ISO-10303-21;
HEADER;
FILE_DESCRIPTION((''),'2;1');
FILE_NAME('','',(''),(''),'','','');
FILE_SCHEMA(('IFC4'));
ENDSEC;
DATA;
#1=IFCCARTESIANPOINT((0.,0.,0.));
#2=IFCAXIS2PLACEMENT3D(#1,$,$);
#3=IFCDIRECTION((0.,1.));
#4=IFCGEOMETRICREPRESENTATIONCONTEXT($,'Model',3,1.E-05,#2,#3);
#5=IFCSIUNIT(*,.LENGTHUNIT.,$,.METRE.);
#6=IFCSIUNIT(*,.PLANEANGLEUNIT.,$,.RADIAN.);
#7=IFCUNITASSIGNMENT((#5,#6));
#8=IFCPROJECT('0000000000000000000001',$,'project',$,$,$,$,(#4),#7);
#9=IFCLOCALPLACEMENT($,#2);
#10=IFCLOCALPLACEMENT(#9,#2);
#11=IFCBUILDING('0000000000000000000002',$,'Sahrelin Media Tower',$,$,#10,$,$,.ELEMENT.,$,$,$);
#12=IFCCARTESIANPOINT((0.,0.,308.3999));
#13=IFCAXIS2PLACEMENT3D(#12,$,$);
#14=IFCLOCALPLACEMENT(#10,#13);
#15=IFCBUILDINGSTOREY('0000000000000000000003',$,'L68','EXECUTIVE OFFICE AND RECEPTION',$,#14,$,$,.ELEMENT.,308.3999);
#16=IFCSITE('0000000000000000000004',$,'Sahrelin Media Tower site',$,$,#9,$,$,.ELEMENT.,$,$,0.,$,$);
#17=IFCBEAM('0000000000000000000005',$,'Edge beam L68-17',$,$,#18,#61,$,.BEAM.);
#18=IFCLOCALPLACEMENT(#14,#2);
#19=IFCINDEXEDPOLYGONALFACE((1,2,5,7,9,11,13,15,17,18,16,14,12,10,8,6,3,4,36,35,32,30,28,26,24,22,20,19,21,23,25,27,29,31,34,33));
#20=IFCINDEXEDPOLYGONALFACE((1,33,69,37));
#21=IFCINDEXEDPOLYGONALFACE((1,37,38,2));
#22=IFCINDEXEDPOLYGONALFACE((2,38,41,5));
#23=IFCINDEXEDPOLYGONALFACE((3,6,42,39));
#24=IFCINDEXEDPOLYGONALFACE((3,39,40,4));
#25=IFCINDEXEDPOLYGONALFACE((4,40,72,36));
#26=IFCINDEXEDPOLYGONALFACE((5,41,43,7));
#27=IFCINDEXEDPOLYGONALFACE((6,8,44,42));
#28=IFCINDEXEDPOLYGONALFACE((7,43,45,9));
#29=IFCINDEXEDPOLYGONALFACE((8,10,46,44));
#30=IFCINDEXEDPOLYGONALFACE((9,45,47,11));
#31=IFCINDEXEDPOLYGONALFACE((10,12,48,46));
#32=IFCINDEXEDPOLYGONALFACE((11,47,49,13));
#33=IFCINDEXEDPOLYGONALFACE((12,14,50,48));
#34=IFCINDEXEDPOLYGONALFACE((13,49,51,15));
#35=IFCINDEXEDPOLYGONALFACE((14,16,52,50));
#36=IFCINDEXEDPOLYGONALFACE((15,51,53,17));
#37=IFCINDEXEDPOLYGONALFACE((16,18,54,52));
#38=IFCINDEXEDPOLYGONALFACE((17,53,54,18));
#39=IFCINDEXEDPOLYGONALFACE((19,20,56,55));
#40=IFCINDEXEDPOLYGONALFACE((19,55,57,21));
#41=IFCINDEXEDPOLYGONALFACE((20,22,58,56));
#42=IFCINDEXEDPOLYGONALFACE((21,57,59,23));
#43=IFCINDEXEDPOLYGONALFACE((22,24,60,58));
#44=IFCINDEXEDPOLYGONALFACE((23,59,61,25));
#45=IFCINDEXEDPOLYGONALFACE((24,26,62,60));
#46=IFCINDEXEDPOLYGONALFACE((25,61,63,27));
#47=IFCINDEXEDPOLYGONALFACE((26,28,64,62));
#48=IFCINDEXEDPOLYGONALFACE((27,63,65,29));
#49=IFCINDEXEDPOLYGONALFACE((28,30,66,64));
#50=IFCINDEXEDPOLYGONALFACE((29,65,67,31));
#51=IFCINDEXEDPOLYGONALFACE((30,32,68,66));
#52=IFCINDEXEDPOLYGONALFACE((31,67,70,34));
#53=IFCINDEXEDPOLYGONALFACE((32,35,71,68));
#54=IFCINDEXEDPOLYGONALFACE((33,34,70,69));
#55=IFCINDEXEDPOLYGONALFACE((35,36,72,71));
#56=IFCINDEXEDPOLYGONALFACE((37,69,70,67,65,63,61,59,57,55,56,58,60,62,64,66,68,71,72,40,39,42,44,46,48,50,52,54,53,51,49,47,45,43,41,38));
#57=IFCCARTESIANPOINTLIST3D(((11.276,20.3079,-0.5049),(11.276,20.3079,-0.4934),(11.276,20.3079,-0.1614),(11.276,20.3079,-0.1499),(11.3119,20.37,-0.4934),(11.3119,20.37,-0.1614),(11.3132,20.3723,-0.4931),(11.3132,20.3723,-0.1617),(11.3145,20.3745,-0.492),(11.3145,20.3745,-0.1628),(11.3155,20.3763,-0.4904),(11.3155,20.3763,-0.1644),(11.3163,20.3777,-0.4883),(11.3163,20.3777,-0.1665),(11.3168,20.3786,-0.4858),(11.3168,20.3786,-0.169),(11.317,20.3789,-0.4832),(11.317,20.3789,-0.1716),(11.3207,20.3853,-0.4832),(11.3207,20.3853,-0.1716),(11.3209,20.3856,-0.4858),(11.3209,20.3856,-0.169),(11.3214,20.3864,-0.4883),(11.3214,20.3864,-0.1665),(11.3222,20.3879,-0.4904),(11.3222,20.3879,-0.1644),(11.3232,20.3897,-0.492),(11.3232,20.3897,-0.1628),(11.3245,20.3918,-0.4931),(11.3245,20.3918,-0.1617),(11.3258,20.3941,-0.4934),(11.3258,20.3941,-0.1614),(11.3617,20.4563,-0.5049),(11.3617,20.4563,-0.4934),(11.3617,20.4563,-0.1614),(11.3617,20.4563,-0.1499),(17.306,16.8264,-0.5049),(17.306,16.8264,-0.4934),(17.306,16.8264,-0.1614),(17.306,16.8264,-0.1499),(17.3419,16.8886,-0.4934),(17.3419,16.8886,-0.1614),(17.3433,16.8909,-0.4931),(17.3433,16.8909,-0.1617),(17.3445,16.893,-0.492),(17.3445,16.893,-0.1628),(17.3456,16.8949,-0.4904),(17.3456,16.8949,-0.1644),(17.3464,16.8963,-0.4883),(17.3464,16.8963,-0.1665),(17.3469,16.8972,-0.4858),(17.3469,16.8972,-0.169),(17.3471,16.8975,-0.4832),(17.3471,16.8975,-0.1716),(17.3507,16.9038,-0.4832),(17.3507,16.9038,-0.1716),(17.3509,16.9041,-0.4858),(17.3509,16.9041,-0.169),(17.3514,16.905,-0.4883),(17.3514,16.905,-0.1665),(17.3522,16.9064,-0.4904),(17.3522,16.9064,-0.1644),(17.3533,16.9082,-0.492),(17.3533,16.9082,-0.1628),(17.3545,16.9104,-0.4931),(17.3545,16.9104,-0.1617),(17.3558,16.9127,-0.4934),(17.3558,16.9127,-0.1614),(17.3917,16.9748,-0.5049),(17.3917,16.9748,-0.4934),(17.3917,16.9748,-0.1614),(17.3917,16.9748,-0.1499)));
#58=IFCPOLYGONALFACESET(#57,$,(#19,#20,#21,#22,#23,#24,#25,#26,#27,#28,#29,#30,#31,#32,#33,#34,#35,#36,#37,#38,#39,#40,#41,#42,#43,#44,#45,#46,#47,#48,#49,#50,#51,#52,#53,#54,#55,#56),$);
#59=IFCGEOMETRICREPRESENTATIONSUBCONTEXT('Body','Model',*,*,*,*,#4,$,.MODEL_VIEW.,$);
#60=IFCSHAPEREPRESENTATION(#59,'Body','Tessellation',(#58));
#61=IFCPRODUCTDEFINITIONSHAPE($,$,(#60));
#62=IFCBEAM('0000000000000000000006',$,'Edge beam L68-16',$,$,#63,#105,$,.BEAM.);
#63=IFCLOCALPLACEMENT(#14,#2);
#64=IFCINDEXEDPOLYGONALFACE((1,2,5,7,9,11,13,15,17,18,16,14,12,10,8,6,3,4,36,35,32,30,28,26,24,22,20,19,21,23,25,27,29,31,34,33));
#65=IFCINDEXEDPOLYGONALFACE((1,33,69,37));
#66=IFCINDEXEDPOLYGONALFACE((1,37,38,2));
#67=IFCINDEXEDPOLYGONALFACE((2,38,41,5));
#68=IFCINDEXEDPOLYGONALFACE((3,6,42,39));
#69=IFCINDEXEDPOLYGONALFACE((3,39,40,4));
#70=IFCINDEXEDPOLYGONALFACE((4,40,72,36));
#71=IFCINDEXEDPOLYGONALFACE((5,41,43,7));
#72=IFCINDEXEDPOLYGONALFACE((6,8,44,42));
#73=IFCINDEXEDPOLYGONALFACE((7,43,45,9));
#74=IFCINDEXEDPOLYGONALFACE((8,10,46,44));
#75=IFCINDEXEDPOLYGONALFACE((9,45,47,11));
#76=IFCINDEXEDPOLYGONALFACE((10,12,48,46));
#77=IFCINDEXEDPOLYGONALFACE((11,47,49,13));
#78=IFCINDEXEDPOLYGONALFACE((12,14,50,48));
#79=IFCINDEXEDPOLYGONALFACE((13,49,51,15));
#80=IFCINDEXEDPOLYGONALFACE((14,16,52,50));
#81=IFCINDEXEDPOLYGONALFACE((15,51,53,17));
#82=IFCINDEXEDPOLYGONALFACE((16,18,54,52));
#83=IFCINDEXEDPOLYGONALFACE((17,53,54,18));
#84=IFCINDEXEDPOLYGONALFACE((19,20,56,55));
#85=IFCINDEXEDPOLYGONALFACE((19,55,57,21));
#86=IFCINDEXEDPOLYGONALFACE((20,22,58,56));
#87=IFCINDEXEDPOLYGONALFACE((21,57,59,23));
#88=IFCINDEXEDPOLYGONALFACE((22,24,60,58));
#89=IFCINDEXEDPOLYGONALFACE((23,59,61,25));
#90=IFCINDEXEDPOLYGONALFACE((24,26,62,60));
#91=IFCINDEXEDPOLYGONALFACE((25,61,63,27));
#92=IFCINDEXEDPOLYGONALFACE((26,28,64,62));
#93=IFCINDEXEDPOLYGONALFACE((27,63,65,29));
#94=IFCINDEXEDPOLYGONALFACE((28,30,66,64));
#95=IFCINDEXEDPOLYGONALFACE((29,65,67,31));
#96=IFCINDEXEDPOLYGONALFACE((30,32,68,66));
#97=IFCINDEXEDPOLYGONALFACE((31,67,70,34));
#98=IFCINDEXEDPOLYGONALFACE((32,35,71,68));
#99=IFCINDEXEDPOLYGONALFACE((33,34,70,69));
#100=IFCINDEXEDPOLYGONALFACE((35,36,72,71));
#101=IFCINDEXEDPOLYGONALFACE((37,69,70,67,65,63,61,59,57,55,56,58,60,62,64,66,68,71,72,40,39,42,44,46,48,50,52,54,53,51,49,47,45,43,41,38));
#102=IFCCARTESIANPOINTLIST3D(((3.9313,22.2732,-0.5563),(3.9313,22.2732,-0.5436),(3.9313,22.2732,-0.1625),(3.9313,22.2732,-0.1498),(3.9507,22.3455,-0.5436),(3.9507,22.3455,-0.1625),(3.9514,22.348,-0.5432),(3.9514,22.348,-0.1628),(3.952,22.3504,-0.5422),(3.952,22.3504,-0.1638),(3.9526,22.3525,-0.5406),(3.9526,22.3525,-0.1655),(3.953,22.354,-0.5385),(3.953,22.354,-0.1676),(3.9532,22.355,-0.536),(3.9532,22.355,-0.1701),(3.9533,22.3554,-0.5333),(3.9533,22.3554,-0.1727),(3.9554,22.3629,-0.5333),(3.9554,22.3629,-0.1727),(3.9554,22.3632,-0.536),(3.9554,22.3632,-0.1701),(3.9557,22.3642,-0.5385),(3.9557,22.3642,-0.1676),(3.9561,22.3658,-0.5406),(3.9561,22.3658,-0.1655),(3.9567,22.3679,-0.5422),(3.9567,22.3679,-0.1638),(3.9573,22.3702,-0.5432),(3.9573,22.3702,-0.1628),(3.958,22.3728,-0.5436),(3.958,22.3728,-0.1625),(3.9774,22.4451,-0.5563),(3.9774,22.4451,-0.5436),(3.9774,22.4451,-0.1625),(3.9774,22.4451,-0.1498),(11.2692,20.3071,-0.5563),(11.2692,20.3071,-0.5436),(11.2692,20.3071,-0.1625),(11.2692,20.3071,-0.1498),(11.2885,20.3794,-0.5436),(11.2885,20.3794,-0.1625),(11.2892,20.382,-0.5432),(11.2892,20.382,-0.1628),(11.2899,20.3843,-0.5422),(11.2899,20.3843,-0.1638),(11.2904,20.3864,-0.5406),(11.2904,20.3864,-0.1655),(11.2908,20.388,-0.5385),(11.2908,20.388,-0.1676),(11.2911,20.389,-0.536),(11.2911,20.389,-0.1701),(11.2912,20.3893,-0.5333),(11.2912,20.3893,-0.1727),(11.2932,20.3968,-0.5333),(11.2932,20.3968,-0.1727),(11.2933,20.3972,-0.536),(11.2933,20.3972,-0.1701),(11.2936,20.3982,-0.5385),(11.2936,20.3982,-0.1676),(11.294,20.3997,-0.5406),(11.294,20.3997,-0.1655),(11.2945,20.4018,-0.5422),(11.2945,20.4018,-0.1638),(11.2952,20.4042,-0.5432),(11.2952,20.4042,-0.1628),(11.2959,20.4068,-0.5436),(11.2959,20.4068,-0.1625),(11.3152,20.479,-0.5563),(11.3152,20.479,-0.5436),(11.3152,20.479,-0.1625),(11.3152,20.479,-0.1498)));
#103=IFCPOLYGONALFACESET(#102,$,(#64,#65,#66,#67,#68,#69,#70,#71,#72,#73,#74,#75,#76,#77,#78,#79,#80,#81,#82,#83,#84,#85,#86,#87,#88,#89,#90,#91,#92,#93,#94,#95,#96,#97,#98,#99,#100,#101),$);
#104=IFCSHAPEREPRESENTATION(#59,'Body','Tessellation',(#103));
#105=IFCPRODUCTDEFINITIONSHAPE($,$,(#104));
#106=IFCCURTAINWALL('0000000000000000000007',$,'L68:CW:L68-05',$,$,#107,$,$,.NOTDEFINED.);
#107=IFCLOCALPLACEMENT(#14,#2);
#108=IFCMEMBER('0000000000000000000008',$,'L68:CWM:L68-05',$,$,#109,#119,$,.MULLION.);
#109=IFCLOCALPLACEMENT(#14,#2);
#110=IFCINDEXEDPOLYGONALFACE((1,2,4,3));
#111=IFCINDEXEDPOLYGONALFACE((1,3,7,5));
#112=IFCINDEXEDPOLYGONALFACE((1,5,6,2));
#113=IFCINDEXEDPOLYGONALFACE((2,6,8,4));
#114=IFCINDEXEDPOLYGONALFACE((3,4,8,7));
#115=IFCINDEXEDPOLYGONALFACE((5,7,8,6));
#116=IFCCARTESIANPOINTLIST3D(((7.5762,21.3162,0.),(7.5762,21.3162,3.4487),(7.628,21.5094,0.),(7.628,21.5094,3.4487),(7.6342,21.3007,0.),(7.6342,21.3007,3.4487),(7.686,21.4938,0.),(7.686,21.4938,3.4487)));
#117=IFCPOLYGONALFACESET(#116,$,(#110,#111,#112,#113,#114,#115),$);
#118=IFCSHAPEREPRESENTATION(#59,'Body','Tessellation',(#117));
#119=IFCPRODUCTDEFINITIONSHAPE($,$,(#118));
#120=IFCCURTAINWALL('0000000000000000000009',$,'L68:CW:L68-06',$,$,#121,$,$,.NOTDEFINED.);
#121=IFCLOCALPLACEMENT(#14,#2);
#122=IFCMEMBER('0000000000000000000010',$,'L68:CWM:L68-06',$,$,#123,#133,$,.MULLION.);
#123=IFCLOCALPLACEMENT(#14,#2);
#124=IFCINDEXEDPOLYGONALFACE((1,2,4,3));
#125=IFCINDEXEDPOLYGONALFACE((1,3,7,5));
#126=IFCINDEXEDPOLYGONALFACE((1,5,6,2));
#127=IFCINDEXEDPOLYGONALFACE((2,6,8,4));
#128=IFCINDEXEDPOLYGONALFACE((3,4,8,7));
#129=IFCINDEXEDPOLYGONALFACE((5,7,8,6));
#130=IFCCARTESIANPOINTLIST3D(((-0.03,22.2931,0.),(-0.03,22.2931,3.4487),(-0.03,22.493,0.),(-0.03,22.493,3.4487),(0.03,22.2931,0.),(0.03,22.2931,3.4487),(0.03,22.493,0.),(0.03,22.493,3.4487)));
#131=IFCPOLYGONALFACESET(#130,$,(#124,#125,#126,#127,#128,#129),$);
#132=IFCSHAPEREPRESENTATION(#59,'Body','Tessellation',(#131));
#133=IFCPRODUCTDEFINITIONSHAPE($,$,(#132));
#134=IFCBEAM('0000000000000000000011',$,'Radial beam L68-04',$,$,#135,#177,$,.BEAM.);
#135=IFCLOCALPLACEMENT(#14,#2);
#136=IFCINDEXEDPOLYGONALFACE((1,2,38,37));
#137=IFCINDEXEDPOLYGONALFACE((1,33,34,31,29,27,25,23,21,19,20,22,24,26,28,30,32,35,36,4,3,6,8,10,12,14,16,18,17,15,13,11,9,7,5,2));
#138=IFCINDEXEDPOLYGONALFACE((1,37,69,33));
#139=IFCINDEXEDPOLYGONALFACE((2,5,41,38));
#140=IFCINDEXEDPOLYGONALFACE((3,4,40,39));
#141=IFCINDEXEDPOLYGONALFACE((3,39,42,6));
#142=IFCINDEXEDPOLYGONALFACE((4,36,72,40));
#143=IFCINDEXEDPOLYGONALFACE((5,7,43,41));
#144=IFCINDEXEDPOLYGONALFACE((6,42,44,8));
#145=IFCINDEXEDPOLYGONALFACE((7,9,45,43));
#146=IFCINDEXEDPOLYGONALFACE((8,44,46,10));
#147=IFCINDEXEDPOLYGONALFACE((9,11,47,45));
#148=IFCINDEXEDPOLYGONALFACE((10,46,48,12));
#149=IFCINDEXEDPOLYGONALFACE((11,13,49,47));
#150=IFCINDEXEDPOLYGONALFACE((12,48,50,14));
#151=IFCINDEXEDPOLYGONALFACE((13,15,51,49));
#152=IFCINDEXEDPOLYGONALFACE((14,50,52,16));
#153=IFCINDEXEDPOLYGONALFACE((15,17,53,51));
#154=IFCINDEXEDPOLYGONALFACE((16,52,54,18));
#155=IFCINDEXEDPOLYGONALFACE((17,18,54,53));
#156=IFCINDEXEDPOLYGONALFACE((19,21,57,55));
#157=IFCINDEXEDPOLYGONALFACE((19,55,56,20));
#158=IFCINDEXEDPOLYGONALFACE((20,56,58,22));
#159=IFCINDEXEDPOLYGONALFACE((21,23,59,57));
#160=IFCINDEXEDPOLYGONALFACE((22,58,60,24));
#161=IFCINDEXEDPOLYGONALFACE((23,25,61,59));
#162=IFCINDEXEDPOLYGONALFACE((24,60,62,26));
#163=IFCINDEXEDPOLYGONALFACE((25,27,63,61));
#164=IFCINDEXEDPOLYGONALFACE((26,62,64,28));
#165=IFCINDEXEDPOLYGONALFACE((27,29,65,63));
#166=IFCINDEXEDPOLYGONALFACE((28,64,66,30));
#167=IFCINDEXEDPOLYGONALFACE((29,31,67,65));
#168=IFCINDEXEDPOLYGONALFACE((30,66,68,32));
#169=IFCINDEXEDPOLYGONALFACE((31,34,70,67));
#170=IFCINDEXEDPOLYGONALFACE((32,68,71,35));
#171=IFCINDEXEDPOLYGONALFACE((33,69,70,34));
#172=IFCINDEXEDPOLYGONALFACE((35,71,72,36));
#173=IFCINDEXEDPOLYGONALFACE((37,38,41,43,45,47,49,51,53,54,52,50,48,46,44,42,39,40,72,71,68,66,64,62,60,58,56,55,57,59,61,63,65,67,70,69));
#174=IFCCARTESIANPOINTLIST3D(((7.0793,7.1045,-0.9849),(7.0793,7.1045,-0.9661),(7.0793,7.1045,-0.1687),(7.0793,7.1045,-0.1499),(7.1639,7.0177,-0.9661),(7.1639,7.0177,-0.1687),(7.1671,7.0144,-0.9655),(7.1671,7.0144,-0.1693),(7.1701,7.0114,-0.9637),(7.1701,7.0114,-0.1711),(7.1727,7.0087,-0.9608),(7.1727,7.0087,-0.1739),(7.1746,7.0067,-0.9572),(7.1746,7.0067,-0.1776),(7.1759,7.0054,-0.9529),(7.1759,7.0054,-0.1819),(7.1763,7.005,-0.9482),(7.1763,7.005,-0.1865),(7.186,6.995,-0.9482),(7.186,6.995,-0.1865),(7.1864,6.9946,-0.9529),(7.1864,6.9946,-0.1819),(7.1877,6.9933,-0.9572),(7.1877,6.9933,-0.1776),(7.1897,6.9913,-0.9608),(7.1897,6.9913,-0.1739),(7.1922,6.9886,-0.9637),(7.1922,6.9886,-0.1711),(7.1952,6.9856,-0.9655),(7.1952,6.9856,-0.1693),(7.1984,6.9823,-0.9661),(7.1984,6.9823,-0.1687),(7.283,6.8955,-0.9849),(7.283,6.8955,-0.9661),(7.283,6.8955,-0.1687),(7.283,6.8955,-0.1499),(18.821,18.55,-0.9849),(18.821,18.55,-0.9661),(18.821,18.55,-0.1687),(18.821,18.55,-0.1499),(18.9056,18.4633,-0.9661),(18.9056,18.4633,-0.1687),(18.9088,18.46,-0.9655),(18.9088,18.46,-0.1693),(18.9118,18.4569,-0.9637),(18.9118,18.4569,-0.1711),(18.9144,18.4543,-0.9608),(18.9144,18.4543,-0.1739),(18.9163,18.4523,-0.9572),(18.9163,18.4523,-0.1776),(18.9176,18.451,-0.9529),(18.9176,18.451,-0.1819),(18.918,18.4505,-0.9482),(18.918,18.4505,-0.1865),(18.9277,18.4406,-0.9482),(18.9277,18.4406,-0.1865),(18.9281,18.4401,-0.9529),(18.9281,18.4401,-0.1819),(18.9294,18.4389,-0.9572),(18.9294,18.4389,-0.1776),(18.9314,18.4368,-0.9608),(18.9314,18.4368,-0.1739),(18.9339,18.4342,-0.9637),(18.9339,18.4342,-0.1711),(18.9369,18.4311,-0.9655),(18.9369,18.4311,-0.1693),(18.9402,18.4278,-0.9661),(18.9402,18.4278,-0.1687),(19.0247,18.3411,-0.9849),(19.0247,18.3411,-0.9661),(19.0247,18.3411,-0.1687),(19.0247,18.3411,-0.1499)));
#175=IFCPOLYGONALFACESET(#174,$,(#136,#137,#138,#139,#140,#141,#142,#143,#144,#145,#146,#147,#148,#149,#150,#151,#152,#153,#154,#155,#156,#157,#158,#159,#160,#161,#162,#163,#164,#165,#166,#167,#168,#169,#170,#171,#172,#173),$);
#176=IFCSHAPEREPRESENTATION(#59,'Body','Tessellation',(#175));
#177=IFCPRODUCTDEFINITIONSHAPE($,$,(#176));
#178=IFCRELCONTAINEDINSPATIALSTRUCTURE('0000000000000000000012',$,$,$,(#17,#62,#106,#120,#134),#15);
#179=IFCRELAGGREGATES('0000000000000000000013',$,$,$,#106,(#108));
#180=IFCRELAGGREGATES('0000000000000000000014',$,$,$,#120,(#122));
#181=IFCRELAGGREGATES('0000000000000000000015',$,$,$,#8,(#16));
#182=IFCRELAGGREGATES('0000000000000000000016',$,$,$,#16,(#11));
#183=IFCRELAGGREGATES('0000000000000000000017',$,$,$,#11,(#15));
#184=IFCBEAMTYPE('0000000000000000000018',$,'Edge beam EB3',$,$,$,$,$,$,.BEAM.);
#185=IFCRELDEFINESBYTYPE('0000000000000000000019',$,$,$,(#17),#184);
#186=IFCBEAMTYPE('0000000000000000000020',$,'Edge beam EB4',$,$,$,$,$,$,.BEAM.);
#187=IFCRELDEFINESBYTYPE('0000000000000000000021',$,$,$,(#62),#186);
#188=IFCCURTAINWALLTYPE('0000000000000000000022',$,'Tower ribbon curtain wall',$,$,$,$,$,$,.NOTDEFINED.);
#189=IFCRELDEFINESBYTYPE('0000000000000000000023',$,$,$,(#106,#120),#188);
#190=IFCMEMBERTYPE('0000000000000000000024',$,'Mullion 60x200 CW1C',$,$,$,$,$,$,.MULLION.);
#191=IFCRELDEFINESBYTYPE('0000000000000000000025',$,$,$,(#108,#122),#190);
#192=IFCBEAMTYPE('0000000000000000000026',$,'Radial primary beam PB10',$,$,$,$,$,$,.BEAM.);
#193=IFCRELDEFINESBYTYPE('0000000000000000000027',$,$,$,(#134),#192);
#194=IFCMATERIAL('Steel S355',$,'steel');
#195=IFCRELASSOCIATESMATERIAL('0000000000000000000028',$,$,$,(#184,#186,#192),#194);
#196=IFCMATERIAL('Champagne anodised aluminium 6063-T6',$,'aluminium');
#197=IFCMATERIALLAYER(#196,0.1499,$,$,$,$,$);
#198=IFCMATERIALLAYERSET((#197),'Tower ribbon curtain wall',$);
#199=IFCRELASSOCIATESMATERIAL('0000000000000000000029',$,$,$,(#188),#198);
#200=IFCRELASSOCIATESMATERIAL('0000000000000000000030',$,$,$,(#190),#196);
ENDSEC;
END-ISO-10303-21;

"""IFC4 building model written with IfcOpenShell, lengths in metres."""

from ifc_helpers import new_model, si_unit, direction, frame, origin, origin_2d, place, context, subcontext, project, spatial, rectangle, i_section, extrude, material, layer, layer_set, material_profile, profile_set, type_object, element, aggregate, save


model = new_model("IFC4")

# Units and contexts
model_context = context("Model", 3, precision=1e-05, world=origin(), true_north=direction((0.0, 1.0)))
body_context = subcontext(model_context, "Body", "Model", "MODEL_VIEW")
ifc_project = project(units=[si_unit("LENGTHUNIT", "METRE"), si_unit("PLANEANGLEUNIT", "RADIAN")], contexts=[model_context])

# Site, building, storey
site_placement = place(None, origin())
site = spatial("IfcSite", under=ifc_project, at=site_placement, Name="Sahrelin Media Tower site", CompositionType="ELEMENT", RefElevation=0.0)
building_placement = place(site_placement, origin())
building = spatial("IfcBuilding", under=site, at=building_placement, Name="Sahrelin Media Tower", CompositionType="ELEMENT")
storey_placement = place(building_placement, frame((0.0, 0.0, 308.3999)))
storey = spatial("IfcBuildingStorey", under=building, at=storey_placement, Name="L68", Description="EXECUTIVE OFFICE AND RECEPTION", CompositionType="ELEMENT", Elevation=308.3999)

# Beams
ifc_material_1 = material(Name="Steel S355", Category="steel")
ifc_material_profile_1 = material_profile(ifc_material_1, i_section(OverallWidth=0.1714, OverallDepth=0.355, WebThickness=0.0073, FlangeThickness=0.0115, FilletRadius=0.0103, at=origin_2d()), Name="UB 356x171x51")
ifc_profile_set_1 = profile_set([ifc_material_profile_1], Name="Steel S355")
beam_type_1 = type_object("IfcBeamType", Name="Edge beam EB3", PredefinedType="BEAM", material=ifc_profile_set_1)
beam_1_placement = place(storey_placement, frame((11.3188, 20.3821, -0.3274), z_axis=(0.866025, -0.500001, 0.0), x_axis=(0.500001, 0.866025, 0.0)))
element("IfcBeam", 1, at=beam_1_placement, inside=storey, type_object=beam_type_1, Name="Edge beam L68-17", PredefinedType="BEAM", context=body_context, shape_type="SweptSolid", body=[
    extrude(i_section(OverallWidth=0.1714, OverallDepth=0.355, WebThickness=0.0073, FlangeThickness=0.0115, FilletRadius=0.0103, at=origin_2d()), origin(), (0.0, 0.0, 1.0), 6.9629),
])
ifc_material_profile_2 = material_profile(ifc_material_1, i_section(OverallWidth=0.178, OverallDepth=0.4065, WebThickness=0.0078, FlangeThickness=0.0127, FilletRadius=0.0103, at=origin_2d()), Name="UB 406x178x60")
ifc_profile_set_2 = profile_set([ifc_material_profile_2], Name="Steel S355")
beam_type_2 = type_object("IfcBeamType", Name="Edge beam EB4", PredefinedType="BEAM", material=ifc_profile_set_2)
beam_2_placement = place(storey_placement, frame((3.9543, 22.3591, -0.353), z_axis=(0.96593, -0.258805, 0.0), x_axis=(0.258805, 0.96593, 0.0)))
element("IfcBeam", 2, at=beam_2_placement, inside=storey, type_object=beam_type_2, Name="Edge beam L68-16", PredefinedType="BEAM", context=body_context, shape_type="SweptSolid", body=[
    extrude(i_section(OverallWidth=0.178, OverallDepth=0.4065, WebThickness=0.0078, FlangeThickness=0.0127, FilletRadius=0.0103, at=origin_2d()), origin(), (0.0, 0.0, 1.0), 7.5967),
])

# Curtain walls, members
ifc_material_2 = material(Name="Champagne anodised aluminium 6063-T6", Category="aluminium")
ifc_layer_1 = layer(ifc_material_2, 0.1499)
ifc_layer_set_1 = layer_set([ifc_layer_1], Name="Tower ribbon curtain wall")
curtain_wall_type = type_object("IfcCurtainWallType", Name="Tower ribbon curtain wall", PredefinedType="NOTDEFINED", material=ifc_layer_set_1)
curtain_wall_1_placement = place(storey_placement, frame((7.6621, 21.521, 0.0), z_axis=(0.0, 0.0, 1.0), x_axis=(1.0, 0.0, 0.0)))
curtain_wall_1 = element("IfcCurtainWall", 3, at=curtain_wall_1_placement, inside=storey, type_object=curtain_wall_type, Name="L68:CW:L68-05", PredefinedType="NOTDEFINED")
ifc_material_profile_3 = material_profile(ifc_material_2, rectangle(XDim=0.0601, YDim=0.2, at=origin_2d()), Name="Mullion 60x200")
ifc_profile_set_3 = profile_set([ifc_material_profile_3], Name="Champagne anodised aluminium 6063-T6")
member_type_1 = type_object("IfcMemberType", Name="Mullion 60x200 CW1C", PredefinedType="MULLION", material=ifc_profile_set_3)
member_1_placement = place(storey_placement, frame((7.6311, 21.405, 0.0), z_axis=(0.0, 0.0, 1.0), x_axis=(-0.965923, 0.258829, 0.0)))
member_1 = element("IfcMember", 4, at=member_1_placement, type_object=member_type_1, Name="L68:CWM:L68-05", PredefinedType="MULLION", context=body_context, shape_type="SweptSolid", body=[
    extrude(rectangle(XDim=0.0601, YDim=0.2, at=origin_2d()), origin(), (0.0, 0.0, 1.0), 3.4487),
])
placement_1 = place(storey_placement, frame((0.0, 22.5129, 0.0), z_axis=(0.0, 0.0, 1.0), x_axis=(1.0, 0.0, 0.0)))
curtain_wall_2 = element("IfcCurtainWall", 5, at=placement_1, inside=storey, type_object=curtain_wall_type, Name="L68:CW:L68-06", PredefinedType="NOTDEFINED")
member_2_placement = place(storey_placement, frame((0.0, 22.3931, 0.0), z_axis=(0.0, 0.0, 1.0), x_axis=(-1.0, 0.0, 0.0)))
member_2 = element("IfcMember", 6, at=member_2_placement, type_object=member_type_1, Name="L68:CWM:L68-06", PredefinedType="MULLION", context=body_context, shape_type="SweptSolid", body=[
    extrude(rectangle(XDim=0.0601, YDim=0.2, at=origin_2d()), origin(), (0.0, 0.0, 1.0), 3.4487),
])

# Beam
ifc_material_profile_4 = material_profile(ifc_material_1, i_section(OverallWidth=0.2917, OverallDepth=0.835, WebThickness=0.0139, FlangeThickness=0.0188, FilletRadius=0.0178, at=origin_2d()), Name="UB 838x292x176")
ifc_profile_set_4 = profile_set([ifc_material_profile_4], Name="Steel S355")
beam_type_3 = type_object("IfcBeamType", Name="Radial primary beam PB10", PredefinedType="BEAM", material=ifc_profile_set_4)
beam_3_placement = place(storey_placement, frame((7.1812, 7.0, -0.5674), z_axis=(0.716079, 0.698019, 0.0), x_axis=(-0.698019, 0.716079, 0.0)))
element("IfcBeam", 7, at=beam_3_placement, inside=storey, type_object=beam_type_3, Name="Radial beam L68-04", PredefinedType="BEAM", context=body_context, shape_type="SweptSolid", body=[
    extrude(i_section(OverallWidth=0.2917, OverallDepth=0.835, WebThickness=0.0139, FlangeThickness=0.0188, FilletRadius=0.0178, at=origin_2d()), origin(), (0.0, 0.0, 1.0), 16.3972),
])

aggregate(curtain_wall_1, [member_1])
aggregate(curtain_wall_2, [member_2])

save(model, "model.ifc")
